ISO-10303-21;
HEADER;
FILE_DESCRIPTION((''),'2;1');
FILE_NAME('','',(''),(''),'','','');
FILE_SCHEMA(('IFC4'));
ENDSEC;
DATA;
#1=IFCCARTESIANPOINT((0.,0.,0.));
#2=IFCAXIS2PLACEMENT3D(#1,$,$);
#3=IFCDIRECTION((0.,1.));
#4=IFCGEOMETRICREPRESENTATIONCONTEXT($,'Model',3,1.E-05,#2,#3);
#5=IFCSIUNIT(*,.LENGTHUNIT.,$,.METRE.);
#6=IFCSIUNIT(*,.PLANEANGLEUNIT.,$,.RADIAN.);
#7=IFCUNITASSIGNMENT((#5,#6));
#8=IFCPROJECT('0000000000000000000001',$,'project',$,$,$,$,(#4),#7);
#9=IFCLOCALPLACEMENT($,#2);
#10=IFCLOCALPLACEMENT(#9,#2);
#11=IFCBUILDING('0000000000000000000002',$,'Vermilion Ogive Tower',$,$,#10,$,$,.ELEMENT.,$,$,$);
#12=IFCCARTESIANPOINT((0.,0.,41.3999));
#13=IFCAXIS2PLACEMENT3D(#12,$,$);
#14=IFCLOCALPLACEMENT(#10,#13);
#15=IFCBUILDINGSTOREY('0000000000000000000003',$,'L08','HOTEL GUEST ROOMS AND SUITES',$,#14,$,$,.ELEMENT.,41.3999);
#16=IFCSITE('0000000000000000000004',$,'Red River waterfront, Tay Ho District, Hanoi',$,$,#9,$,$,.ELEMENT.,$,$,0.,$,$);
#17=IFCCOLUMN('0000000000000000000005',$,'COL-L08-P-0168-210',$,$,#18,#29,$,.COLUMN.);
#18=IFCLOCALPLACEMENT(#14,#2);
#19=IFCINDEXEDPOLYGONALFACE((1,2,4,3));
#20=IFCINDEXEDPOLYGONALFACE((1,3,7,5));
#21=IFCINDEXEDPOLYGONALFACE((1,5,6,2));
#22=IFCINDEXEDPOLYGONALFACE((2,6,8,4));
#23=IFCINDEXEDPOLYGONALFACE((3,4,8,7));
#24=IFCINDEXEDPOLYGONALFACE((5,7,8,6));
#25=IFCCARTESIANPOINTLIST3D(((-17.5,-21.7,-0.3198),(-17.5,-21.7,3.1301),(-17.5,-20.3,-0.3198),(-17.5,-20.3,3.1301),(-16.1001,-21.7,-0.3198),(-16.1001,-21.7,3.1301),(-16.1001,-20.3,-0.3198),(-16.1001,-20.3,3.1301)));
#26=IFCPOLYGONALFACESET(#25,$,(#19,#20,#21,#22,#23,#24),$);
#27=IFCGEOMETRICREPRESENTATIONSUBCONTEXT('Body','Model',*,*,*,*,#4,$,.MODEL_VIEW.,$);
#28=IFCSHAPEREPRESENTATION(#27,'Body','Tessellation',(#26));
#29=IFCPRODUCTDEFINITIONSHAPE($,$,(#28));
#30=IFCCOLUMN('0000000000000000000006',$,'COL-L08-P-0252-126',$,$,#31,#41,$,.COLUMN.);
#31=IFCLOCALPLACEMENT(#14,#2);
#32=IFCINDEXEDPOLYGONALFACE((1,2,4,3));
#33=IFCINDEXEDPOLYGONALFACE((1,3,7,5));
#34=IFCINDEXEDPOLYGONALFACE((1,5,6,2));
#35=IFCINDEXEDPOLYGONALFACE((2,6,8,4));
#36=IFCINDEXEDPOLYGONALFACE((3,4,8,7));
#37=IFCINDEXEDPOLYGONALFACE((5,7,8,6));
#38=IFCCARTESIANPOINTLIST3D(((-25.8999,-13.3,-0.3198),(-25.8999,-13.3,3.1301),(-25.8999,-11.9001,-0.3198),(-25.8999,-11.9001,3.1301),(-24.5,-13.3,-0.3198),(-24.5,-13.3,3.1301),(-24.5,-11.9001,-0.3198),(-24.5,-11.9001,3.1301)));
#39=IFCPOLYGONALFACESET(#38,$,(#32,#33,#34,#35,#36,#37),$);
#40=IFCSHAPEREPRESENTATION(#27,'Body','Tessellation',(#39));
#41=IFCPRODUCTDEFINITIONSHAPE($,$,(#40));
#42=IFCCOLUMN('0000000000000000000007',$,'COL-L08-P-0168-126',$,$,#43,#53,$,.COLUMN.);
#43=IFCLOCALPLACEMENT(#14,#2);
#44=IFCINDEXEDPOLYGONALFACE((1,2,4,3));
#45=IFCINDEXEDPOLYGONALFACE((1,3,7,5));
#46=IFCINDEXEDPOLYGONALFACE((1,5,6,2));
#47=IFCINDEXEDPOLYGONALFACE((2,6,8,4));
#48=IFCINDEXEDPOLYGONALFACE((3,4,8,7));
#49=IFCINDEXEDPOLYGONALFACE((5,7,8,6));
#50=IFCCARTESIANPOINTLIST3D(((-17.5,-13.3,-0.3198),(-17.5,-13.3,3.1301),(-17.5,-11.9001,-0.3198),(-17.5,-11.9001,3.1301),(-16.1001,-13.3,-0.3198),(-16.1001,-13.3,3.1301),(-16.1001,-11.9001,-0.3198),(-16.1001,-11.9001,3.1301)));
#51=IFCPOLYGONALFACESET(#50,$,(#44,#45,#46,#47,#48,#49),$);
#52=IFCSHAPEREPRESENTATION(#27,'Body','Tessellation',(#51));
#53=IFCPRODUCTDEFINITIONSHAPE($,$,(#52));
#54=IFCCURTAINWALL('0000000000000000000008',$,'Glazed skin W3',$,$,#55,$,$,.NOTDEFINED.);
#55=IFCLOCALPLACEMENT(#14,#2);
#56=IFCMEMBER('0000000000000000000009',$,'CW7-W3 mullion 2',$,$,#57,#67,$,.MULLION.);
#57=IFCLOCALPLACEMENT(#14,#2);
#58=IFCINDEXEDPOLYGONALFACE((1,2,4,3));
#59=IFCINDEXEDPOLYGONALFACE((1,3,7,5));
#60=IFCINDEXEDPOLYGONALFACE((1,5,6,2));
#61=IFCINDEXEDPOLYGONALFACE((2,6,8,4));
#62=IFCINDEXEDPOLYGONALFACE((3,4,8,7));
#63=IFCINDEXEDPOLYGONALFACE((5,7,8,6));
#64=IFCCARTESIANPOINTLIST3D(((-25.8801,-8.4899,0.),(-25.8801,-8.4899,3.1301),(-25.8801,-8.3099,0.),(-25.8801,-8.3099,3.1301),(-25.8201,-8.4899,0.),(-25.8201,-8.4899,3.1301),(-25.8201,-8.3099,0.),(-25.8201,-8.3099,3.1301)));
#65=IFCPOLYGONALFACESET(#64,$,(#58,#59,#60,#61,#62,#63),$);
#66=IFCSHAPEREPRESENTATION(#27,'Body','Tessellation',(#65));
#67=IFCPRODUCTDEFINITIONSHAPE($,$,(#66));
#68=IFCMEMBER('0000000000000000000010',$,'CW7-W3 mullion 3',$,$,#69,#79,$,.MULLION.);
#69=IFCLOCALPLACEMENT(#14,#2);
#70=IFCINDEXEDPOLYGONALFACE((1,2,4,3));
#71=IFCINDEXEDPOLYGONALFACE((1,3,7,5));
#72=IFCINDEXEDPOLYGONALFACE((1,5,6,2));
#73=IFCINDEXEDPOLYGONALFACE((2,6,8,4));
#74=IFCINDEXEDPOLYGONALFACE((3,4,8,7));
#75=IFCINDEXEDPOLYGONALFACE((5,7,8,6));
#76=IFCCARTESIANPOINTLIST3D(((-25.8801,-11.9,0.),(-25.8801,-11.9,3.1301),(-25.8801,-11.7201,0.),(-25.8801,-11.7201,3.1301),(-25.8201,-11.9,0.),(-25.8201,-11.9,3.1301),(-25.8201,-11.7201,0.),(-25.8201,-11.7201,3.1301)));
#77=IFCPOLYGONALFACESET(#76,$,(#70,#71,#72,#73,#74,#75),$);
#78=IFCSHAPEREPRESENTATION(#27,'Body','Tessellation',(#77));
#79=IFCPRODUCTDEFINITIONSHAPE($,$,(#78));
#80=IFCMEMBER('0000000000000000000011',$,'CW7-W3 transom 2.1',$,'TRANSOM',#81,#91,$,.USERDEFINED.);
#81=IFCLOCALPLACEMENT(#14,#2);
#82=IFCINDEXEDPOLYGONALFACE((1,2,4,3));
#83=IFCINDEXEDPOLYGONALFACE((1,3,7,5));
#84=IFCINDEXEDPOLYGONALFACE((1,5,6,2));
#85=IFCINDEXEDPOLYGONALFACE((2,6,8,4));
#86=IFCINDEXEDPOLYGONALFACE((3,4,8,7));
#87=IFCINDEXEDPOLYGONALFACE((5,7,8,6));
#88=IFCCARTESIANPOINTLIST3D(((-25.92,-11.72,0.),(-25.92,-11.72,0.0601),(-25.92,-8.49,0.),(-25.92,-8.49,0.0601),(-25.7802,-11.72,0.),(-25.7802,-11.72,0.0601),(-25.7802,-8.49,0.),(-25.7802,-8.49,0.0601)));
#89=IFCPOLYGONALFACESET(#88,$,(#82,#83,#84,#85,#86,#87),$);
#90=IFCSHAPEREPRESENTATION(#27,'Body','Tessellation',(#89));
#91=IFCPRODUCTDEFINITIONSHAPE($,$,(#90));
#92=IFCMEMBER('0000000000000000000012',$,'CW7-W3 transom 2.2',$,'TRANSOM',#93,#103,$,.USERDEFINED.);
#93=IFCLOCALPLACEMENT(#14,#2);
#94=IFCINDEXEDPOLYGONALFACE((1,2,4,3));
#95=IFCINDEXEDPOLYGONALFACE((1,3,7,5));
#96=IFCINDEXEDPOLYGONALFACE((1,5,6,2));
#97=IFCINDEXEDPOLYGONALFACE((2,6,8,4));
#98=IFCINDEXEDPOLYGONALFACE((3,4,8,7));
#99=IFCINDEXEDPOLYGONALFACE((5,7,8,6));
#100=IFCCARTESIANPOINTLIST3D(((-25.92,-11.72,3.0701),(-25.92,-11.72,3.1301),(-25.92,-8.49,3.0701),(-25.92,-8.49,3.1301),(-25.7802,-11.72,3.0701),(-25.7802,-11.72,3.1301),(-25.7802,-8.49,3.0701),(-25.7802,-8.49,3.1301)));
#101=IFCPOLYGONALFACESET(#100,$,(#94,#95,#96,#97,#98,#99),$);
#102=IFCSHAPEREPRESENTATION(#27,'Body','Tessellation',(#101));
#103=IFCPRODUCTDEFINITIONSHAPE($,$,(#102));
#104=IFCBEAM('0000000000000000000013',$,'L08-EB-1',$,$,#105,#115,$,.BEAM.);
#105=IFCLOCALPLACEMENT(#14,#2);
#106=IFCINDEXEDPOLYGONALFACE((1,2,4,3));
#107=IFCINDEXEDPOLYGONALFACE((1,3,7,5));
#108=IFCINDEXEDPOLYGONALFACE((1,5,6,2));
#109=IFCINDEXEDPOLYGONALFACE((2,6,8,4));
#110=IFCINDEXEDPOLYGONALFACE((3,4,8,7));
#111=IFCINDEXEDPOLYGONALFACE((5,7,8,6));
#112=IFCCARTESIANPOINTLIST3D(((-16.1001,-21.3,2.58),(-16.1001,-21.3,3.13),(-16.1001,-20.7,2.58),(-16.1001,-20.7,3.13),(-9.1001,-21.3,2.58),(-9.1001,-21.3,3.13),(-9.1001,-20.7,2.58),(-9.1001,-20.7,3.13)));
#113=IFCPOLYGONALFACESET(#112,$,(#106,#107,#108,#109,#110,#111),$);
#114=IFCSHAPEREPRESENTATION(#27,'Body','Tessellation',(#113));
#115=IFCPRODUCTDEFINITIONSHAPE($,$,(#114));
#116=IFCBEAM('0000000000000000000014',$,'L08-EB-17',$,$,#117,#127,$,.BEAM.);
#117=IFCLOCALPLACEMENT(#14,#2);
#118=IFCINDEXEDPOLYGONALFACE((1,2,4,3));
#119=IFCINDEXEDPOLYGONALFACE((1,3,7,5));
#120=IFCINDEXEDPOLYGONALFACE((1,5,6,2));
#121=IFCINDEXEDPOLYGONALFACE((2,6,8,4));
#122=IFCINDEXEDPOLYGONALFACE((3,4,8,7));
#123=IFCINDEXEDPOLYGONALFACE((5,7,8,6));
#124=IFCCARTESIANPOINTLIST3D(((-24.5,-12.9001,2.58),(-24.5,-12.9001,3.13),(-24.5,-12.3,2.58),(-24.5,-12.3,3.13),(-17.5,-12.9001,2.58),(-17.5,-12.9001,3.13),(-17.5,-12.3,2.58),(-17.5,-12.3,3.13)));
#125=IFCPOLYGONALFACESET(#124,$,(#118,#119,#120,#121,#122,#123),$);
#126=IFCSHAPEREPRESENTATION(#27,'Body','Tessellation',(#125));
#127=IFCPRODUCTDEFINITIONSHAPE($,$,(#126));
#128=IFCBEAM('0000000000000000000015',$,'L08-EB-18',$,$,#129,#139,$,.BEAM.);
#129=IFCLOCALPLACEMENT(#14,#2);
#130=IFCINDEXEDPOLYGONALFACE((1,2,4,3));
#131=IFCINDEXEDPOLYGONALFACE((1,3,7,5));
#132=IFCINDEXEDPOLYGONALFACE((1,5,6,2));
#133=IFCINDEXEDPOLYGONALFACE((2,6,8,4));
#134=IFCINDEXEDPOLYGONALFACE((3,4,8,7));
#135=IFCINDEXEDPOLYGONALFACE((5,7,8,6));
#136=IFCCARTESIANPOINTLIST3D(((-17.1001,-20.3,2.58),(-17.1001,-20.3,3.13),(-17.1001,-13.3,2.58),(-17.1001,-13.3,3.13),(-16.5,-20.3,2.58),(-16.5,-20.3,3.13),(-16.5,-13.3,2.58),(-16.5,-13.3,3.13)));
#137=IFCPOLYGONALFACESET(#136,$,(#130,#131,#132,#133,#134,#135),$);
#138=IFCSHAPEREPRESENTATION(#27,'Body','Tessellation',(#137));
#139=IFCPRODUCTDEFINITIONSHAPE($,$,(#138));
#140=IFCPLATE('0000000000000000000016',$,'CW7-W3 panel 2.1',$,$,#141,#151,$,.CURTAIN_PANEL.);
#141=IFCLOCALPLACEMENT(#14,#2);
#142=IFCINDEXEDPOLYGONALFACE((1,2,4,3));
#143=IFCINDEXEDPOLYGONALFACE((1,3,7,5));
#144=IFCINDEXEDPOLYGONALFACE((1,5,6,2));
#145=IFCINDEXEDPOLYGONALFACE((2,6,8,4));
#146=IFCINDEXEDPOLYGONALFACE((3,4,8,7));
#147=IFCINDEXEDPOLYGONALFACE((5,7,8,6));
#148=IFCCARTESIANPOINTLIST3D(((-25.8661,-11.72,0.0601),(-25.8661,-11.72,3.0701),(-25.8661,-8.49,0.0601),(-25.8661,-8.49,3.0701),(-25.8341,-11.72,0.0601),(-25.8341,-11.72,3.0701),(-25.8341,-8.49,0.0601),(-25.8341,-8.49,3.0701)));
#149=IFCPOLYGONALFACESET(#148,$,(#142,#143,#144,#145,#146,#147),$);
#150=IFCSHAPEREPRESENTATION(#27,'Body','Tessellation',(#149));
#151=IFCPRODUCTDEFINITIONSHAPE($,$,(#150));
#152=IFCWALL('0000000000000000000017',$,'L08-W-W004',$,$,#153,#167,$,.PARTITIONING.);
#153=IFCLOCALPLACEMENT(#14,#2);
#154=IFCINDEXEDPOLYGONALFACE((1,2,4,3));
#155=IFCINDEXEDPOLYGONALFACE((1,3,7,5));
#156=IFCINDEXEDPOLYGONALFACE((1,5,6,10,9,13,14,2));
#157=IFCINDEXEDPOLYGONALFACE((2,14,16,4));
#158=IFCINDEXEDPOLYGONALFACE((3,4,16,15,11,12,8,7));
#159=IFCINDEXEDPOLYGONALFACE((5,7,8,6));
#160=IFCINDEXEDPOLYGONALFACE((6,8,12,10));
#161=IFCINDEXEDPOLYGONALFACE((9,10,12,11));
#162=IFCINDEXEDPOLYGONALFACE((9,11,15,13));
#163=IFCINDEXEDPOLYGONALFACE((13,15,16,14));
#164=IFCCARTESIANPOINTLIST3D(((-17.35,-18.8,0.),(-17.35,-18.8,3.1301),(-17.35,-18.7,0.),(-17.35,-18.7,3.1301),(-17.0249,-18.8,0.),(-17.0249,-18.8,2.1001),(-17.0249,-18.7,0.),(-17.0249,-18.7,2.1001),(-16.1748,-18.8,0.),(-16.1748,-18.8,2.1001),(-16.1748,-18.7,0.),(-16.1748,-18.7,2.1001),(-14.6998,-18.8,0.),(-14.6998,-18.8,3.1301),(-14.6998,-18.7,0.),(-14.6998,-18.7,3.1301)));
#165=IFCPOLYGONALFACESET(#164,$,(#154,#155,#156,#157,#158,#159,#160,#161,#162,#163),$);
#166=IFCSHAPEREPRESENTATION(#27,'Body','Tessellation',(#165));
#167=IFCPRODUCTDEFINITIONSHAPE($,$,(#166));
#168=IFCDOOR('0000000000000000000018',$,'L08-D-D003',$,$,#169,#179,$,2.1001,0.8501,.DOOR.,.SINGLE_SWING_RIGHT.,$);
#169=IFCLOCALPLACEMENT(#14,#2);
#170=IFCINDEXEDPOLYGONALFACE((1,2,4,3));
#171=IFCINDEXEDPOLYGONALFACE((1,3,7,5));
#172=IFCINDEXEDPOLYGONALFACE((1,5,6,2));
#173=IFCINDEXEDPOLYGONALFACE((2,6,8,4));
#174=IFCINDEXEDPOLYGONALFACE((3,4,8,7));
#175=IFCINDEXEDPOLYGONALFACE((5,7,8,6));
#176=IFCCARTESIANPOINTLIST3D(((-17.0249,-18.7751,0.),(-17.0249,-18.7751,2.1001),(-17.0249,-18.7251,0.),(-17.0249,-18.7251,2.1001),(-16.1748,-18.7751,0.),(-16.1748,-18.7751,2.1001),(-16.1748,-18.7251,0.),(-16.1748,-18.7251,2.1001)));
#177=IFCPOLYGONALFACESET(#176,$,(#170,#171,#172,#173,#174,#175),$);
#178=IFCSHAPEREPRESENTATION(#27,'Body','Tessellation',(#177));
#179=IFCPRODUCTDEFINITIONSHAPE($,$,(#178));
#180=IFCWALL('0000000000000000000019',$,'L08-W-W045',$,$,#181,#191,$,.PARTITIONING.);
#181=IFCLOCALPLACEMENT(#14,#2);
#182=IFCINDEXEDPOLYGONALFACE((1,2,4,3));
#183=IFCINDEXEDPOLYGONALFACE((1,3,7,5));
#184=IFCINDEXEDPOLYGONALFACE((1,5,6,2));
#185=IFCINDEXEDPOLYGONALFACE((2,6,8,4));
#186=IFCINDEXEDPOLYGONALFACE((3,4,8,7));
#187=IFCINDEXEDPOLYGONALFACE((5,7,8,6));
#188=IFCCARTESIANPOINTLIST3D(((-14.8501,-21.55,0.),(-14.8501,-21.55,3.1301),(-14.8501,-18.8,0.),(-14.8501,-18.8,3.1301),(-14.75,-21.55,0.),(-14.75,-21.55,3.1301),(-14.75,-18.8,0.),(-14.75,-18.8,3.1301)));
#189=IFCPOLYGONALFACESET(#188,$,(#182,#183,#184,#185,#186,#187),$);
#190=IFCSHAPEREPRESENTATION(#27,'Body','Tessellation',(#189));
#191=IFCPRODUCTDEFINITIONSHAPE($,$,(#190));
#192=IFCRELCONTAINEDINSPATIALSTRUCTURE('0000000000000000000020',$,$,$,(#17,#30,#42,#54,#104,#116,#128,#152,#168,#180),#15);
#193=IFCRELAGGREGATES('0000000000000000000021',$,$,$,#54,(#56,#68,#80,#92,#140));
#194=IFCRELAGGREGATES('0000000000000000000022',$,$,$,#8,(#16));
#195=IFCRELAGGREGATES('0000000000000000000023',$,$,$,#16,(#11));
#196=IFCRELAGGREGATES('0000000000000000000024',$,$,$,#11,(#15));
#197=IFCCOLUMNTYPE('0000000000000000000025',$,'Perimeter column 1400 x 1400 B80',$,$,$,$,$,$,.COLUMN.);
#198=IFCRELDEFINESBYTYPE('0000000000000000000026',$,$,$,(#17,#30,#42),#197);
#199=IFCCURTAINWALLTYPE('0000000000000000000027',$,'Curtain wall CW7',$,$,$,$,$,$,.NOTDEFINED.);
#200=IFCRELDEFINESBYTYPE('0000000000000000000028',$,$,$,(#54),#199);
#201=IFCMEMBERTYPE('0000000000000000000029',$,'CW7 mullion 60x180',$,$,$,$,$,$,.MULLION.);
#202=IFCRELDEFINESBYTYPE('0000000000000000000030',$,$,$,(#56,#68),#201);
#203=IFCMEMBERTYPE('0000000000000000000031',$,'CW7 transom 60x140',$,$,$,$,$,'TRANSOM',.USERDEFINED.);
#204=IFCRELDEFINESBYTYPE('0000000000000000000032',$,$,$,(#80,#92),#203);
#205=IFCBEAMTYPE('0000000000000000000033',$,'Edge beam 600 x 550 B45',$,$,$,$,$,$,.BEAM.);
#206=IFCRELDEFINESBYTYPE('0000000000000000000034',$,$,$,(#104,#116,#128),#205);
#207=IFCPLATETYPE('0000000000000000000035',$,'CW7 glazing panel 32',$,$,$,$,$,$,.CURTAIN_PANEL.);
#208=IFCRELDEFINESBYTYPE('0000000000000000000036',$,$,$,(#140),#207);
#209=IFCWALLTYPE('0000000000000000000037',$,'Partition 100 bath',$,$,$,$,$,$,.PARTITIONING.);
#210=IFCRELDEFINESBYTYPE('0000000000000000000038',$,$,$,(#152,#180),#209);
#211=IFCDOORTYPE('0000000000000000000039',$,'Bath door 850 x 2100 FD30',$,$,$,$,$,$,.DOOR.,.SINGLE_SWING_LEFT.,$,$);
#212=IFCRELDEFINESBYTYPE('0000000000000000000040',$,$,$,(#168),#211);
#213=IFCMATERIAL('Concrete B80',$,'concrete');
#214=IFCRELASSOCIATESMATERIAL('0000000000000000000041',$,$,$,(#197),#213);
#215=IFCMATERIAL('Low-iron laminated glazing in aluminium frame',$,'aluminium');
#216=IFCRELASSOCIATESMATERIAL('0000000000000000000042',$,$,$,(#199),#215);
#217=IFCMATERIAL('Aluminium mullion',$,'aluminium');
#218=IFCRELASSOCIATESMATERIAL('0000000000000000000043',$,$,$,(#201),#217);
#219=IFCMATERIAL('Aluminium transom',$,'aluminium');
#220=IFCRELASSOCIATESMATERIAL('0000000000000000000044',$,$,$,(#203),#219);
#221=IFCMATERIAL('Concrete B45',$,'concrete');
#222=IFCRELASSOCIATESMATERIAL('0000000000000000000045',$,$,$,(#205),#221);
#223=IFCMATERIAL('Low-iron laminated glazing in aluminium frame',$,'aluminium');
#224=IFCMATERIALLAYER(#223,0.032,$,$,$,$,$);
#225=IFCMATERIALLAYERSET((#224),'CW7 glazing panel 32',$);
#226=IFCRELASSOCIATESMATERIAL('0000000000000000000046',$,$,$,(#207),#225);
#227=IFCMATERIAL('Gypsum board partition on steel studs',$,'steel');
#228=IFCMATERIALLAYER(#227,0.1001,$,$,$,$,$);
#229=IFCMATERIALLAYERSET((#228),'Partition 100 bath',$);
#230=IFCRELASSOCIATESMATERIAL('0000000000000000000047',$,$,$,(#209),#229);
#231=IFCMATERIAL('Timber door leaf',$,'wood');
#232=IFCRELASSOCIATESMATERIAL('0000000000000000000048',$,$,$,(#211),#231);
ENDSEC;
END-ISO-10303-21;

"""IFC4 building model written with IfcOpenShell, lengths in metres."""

from ifc_helpers import new_model, si_unit, direction, frame, frame_2d, origin, origin_2d, place, context, subcontext, project, spatial, rectangle, extrude, material, layer, layer_set, material_profile, profile_set, type_object, element, fill, aggregate, save


model = new_model("IFC4")

# Units and contexts
model_context = context("Model", 3, precision=1e-05, world=origin(), true_north=direction((0.0, 1.0)))
body_context = subcontext(model_context, "Body", "Model", "MODEL_VIEW")
ifc_project = project(units=[si_unit("LENGTHUNIT", "METRE"), si_unit("PLANEANGLEUNIT", "RADIAN")], contexts=[model_context])

# Site, building, storey
site_placement = place(None, origin())
site = spatial("IfcSite", under=ifc_project, at=site_placement, Name="Red River waterfront, Tay Ho District, Hanoi", CompositionType="ELEMENT", RefElevation=0.0)
building_placement = place(site_placement, origin())
building = spatial("IfcBuilding", under=site, at=building_placement, Name="Vermilion Ogive Tower", CompositionType="ELEMENT")
storey_placement = place(building_placement, frame((0.0, 0.0, 41.3999)))
storey = spatial("IfcBuildingStorey", under=building, at=storey_placement, Name="L08", Description="HOTEL GUEST ROOMS AND SUITES", CompositionType="ELEMENT", Elevation=41.3999)

# Columns
ifc_material_1 = material(Name="Concrete B80", Category="concrete")
ifc_material_profile_1 = material_profile(ifc_material_1, rectangle(XDim=1.3999, YDim=1.3999, at=origin_2d()), Name="1400 x 1400")
ifc_profile_set_1 = profile_set([ifc_material_profile_1], Name="Concrete B80")
column_type = type_object("IfcColumnType", Name="Perimeter column 1400 x 1400 B80", PredefinedType="COLUMN", material=ifc_profile_set_1)
for number, where, z_axis, x_axis, name in (
    (1, (-16.8, -21.0, -0.3198), (0.0, 0.0, 1.0), (1.0, 0.0, 0.0), "COL-L08-P-0168-210"),
    (2, (-25.2, -12.6001, -0.3198), (0.0, 0.0, 1.0), (1.0, 0.0, 0.0), "COL-L08-P-0252-126"),
    (3, (-16.8, -12.6001, -0.3198), (0.0, 0.0, 1.0), (1.0, 0.0, 0.0), "COL-L08-P-0168-126"),
):
    element("IfcColumn", number, at=place(storey_placement, frame(where, z_axis=z_axis, x_axis=x_axis)), inside=storey, type_object=column_type, Name=name, PredefinedType="COLUMN", context=body_context, shape_type="SweptSolid", body=[
        extrude(rectangle(XDim=1.3999, YDim=1.3999, at=origin_2d()), origin(), (0.0, 0.0, 1.0), 3.45),
    ])

# Curtain wall, members
ifc_material_2 = material(Name="Low-iron laminated glazing in aluminium frame", Category="aluminium")
curtain_wall_type = type_object("IfcCurtainWallType", Name="Curtain wall CW7", PredefinedType="NOTDEFINED", material=ifc_material_2)
curtain_wall_placement = place(storey_placement, origin())
curtain_wall = element("IfcCurtainWall", 4, at=curtain_wall_placement, inside=storey, type_object=curtain_wall_type, Name="Glazed skin W3", PredefinedType="NOTDEFINED")
ifc_material_3 = material(Name="Aluminium mullion", Category="aluminium")
ifc_material_profile_2 = material_profile(ifc_material_3, rectangle(XDim=0.0601, YDim=0.1799, at=origin_2d()), Name="AL 60x180")
ifc_profile_set_2 = profile_set([ifc_material_profile_2], Name="Aluminium mullion")
member_type_1 = type_object("IfcMemberType", Name="CW7 mullion 60x180", PredefinedType="MULLION", material=ifc_profile_set_2)
member_1_placement = place(storey_placement, frame((-25.8501, -8.3999, 0.0), z_axis=(0.0, 0.0, 1.0), x_axis=(1.0, 0.0, 0.0)))
member_1 = element("IfcMember", 5, at=member_1_placement, type_object=member_type_1, Name="CW7-W3 mullion 2", PredefinedType="MULLION", context=body_context, shape_type="SweptSolid", body=[
    extrude(rectangle(XDim=0.0601, YDim=0.1799, at=origin_2d()), origin(), (0.0, 0.0, 1.0), 3.1301),
])
member_2_placement = place(storey_placement, frame((-25.8501, -11.8101, 0.0), z_axis=(0.0, 0.0, 1.0), x_axis=(1.0, 0.0, 0.0)))
member_2 = element("IfcMember", 6, at=member_2_placement, type_object=member_type_1, Name="CW7-W3 mullion 3", PredefinedType="MULLION", context=body_context, shape_type="SweptSolid", body=[
    extrude(rectangle(XDim=0.0601, YDim=0.1799, at=origin_2d()), origin(), (0.0, 0.0, 1.0), 3.1301),
])
ifc_material_4 = material(Name="Aluminium transom", Category="aluminium")
ifc_material_profile_3 = material_profile(ifc_material_4, rectangle(XDim=0.1399, YDim=0.0601, at=origin_2d()), Name="AL 60x140")
ifc_profile_set_3 = profile_set([ifc_material_profile_3], Name="Aluminium transom")
member_type_2 = type_object("IfcMemberType", Name="CW7 transom 60x140", ElementType="TRANSOM", PredefinedType="USERDEFINED", material=ifc_profile_set_3)
member_3_placement = place(storey_placement, frame((-25.8501, -8.49, 0.03), z_axis=(0.0, -1.0, 0.0), x_axis=(1.0, 0.0, 0.0)))
member_3 = element("IfcMember", 7, at=member_3_placement, type_object=member_type_2, Name="CW7-W3 transom 2.1", ObjectType="TRANSOM", PredefinedType="USERDEFINED", context=body_context, shape_type="SweptSolid", body=[
    extrude(rectangle(XDim=0.1399, YDim=0.0601, at=origin_2d()), origin(), (0.0, 0.0, 1.0), 3.23),
])
member_4_placement = place(storey_placement, frame((-25.8501, -8.49, 3.1001), z_axis=(0.0, -1.0, 0.0), x_axis=(1.0, 0.0, 0.0)))
member_4 = element("IfcMember", 8, at=member_4_placement, type_object=member_type_2, Name="CW7-W3 transom 2.2", ObjectType="TRANSOM", PredefinedType="USERDEFINED", context=body_context, shape_type="SweptSolid", body=[
    extrude(rectangle(XDim=0.1399, YDim=0.0601, at=origin_2d()), origin(), (0.0, 0.0, 1.0), 3.23),
])

# Beams
ifc_material_5 = material(Name="Concrete B45", Category="concrete")
ifc_material_profile_4 = material_profile(ifc_material_5, rectangle(XDim=0.6001, YDim=0.55, at=origin_2d()), Name="600 x 550")
ifc_profile_set_4 = profile_set([ifc_material_profile_4], Name="Concrete B45")
beam_type = type_object("IfcBeamType", Name="Edge beam 600 x 550 B45", PredefinedType="BEAM", material=ifc_profile_set_4)
for number, where, z_axis, x_axis, name in (
    (9, (-16.1001, -21.0, 2.855), (1.0, 0.0, 0.0), (0.0, 1.0, 0.0), "L08-EB-1"),
    (10, (-24.5, -12.6001, 2.855), (1.0, 0.0, 0.0), (0.0, 1.0, 0.0), "L08-EB-17"),
    (11, (-16.8, -13.3, 2.855), (0.0, -1.0, 0.0), (1.0, 0.0, 0.0), "L08-EB-18"),
):
    element("IfcBeam", number, at=place(storey_placement, frame(where, z_axis=z_axis, x_axis=x_axis)), inside=storey, type_object=beam_type, Name=name, PredefinedType="BEAM", context=body_context, shape_type="SweptSolid", body=[
        extrude(rectangle(XDim=0.6001, YDim=0.55, at=origin_2d()), origin(), (0.0, 0.0, 1.0), 7.0),
    ])

# Plate
ifc_material_6 = material(Name="Low-iron laminated glazing in aluminium frame", Category="aluminium")
ifc_layer_1 = layer(ifc_material_6, 0.032)
ifc_layer_set_1 = layer_set([ifc_layer_1], Name="CW7 glazing panel 32")
plate_type = type_object("IfcPlateType", Name="CW7 glazing panel 32", PredefinedType="CURTAIN_PANEL", material=ifc_layer_set_1)
plate_placement = place(storey_placement, frame((-25.8501, -10.105, 0.0601), z_axis=(0.0, 0.0, 1.0), x_axis=(0.0, -1.0, 0.0)))
plate = element("IfcPlate", 12, at=plate_placement, type_object=plate_type, Name="CW7-W3 panel 2.1", PredefinedType="CURTAIN_PANEL", context=body_context, shape_type="SweptSolid", body=[
    extrude(rectangle(XDim=3.23, YDim=0.032, at=origin_2d()), origin(), (0.0, 0.0, 1.0), 3.01),
])
aggregate(curtain_wall, [member_1, member_2, member_3, member_4, plate])

# Wall, opening, door
ifc_material_7 = material(Name="Gypsum board partition on steel studs", Category="steel")
ifc_layer_2 = layer(ifc_material_7, 0.1001)
ifc_layer_set_2 = layer_set([ifc_layer_2], Name="Partition 100 bath")
wall_type_1 = type_object("IfcWallType", Name="Partition 100 bath", PredefinedType="PARTITIONING", material=ifc_layer_set_2)
wall_1_placement = place(storey_placement, frame((-17.3501, -18.75, 0.0), z_axis=(0.0, 0.0, 1.0), x_axis=(1.0, 0.0, 0.0)))
wall_1 = element("IfcWall", 13, at=wall_1_placement, inside=storey, type_object=wall_type_1, Name="L08-W-W004", PredefinedType="PARTITIONING", context=body_context, shape_type="SweptSolid", body=[
    extrude(rectangle(XDim=2.6501, YDim=0.1001, at=frame_2d((1.3252, 0.0))), origin(), (0.0, 0.0, 1.0), 3.1301),
])
opening_1_placement = place(wall_1_placement, frame((0.3252, 0.0, 0.0)))
opening_1 = element("IfcOpeningElement", 14, at=opening_1_placement, cuts=wall_1, PredefinedType="OPENING", context=body_context, shape_type="SweptSolid", body=[
    extrude(rectangle(XDim=0.8501, YDim=2.1001, at=frame_2d((0.425, 1.05))), frame((0.0, 0.0601, 0.0), z_axis=(0.0, -1.0, 0.0), x_axis=(1.0, 0.0, 0.0)), (0.0, 0.0, 1.0), 0.1201),
])
ifc_material_8 = material(Name="Timber door leaf", Category="wood")
door_type_1 = type_object("IfcDoorType", Name="Bath door 850 x 2100 FD30", OperationType="SINGLE_SWING_LEFT", PredefinedType="DOOR", material=ifc_material_8)
door_1_placement = place(opening_1_placement, origin())
door_1 = element("IfcDoor", 15, at=door_1_placement, inside=storey, type_object=door_type_1, Name="L08-D-D003", OperationType="SINGLE_SWING_RIGHT", OverallHeight=2.1001, OverallWidth=0.8501, PredefinedType="DOOR", context=body_context, shape_type="SweptSolid", body=[
    extrude(rectangle(XDim=0.8501, YDim=2.1001, at=frame_2d((0.425, 1.05))), frame((0.0, 0.0249, 0.0), z_axis=(0.0, -1.0, 0.0), x_axis=(1.0, 0.0, 0.0)), (0.0, 0.0, 1.0), 0.05),
])
fill(opening_1, door_1)

# Wall
wall_2_placement = place(storey_placement, frame((-14.8, -21.55, 0.0), z_axis=(0.0, 0.0, 1.0), x_axis=(0.0, 1.0, 0.0)))
element("IfcWall", 16, at=wall_2_placement, inside=storey, type_object=wall_type_1, Name="L08-W-W045", PredefinedType="PARTITIONING", context=body_context, shape_type="SweptSolid", body=[
    extrude(rectangle(XDim=2.75, YDim=0.1001, at=frame_2d((1.375, 0.0))), origin(), (0.0, 0.0, 1.0), 3.1301),
])

save(model, "model.ifc")
